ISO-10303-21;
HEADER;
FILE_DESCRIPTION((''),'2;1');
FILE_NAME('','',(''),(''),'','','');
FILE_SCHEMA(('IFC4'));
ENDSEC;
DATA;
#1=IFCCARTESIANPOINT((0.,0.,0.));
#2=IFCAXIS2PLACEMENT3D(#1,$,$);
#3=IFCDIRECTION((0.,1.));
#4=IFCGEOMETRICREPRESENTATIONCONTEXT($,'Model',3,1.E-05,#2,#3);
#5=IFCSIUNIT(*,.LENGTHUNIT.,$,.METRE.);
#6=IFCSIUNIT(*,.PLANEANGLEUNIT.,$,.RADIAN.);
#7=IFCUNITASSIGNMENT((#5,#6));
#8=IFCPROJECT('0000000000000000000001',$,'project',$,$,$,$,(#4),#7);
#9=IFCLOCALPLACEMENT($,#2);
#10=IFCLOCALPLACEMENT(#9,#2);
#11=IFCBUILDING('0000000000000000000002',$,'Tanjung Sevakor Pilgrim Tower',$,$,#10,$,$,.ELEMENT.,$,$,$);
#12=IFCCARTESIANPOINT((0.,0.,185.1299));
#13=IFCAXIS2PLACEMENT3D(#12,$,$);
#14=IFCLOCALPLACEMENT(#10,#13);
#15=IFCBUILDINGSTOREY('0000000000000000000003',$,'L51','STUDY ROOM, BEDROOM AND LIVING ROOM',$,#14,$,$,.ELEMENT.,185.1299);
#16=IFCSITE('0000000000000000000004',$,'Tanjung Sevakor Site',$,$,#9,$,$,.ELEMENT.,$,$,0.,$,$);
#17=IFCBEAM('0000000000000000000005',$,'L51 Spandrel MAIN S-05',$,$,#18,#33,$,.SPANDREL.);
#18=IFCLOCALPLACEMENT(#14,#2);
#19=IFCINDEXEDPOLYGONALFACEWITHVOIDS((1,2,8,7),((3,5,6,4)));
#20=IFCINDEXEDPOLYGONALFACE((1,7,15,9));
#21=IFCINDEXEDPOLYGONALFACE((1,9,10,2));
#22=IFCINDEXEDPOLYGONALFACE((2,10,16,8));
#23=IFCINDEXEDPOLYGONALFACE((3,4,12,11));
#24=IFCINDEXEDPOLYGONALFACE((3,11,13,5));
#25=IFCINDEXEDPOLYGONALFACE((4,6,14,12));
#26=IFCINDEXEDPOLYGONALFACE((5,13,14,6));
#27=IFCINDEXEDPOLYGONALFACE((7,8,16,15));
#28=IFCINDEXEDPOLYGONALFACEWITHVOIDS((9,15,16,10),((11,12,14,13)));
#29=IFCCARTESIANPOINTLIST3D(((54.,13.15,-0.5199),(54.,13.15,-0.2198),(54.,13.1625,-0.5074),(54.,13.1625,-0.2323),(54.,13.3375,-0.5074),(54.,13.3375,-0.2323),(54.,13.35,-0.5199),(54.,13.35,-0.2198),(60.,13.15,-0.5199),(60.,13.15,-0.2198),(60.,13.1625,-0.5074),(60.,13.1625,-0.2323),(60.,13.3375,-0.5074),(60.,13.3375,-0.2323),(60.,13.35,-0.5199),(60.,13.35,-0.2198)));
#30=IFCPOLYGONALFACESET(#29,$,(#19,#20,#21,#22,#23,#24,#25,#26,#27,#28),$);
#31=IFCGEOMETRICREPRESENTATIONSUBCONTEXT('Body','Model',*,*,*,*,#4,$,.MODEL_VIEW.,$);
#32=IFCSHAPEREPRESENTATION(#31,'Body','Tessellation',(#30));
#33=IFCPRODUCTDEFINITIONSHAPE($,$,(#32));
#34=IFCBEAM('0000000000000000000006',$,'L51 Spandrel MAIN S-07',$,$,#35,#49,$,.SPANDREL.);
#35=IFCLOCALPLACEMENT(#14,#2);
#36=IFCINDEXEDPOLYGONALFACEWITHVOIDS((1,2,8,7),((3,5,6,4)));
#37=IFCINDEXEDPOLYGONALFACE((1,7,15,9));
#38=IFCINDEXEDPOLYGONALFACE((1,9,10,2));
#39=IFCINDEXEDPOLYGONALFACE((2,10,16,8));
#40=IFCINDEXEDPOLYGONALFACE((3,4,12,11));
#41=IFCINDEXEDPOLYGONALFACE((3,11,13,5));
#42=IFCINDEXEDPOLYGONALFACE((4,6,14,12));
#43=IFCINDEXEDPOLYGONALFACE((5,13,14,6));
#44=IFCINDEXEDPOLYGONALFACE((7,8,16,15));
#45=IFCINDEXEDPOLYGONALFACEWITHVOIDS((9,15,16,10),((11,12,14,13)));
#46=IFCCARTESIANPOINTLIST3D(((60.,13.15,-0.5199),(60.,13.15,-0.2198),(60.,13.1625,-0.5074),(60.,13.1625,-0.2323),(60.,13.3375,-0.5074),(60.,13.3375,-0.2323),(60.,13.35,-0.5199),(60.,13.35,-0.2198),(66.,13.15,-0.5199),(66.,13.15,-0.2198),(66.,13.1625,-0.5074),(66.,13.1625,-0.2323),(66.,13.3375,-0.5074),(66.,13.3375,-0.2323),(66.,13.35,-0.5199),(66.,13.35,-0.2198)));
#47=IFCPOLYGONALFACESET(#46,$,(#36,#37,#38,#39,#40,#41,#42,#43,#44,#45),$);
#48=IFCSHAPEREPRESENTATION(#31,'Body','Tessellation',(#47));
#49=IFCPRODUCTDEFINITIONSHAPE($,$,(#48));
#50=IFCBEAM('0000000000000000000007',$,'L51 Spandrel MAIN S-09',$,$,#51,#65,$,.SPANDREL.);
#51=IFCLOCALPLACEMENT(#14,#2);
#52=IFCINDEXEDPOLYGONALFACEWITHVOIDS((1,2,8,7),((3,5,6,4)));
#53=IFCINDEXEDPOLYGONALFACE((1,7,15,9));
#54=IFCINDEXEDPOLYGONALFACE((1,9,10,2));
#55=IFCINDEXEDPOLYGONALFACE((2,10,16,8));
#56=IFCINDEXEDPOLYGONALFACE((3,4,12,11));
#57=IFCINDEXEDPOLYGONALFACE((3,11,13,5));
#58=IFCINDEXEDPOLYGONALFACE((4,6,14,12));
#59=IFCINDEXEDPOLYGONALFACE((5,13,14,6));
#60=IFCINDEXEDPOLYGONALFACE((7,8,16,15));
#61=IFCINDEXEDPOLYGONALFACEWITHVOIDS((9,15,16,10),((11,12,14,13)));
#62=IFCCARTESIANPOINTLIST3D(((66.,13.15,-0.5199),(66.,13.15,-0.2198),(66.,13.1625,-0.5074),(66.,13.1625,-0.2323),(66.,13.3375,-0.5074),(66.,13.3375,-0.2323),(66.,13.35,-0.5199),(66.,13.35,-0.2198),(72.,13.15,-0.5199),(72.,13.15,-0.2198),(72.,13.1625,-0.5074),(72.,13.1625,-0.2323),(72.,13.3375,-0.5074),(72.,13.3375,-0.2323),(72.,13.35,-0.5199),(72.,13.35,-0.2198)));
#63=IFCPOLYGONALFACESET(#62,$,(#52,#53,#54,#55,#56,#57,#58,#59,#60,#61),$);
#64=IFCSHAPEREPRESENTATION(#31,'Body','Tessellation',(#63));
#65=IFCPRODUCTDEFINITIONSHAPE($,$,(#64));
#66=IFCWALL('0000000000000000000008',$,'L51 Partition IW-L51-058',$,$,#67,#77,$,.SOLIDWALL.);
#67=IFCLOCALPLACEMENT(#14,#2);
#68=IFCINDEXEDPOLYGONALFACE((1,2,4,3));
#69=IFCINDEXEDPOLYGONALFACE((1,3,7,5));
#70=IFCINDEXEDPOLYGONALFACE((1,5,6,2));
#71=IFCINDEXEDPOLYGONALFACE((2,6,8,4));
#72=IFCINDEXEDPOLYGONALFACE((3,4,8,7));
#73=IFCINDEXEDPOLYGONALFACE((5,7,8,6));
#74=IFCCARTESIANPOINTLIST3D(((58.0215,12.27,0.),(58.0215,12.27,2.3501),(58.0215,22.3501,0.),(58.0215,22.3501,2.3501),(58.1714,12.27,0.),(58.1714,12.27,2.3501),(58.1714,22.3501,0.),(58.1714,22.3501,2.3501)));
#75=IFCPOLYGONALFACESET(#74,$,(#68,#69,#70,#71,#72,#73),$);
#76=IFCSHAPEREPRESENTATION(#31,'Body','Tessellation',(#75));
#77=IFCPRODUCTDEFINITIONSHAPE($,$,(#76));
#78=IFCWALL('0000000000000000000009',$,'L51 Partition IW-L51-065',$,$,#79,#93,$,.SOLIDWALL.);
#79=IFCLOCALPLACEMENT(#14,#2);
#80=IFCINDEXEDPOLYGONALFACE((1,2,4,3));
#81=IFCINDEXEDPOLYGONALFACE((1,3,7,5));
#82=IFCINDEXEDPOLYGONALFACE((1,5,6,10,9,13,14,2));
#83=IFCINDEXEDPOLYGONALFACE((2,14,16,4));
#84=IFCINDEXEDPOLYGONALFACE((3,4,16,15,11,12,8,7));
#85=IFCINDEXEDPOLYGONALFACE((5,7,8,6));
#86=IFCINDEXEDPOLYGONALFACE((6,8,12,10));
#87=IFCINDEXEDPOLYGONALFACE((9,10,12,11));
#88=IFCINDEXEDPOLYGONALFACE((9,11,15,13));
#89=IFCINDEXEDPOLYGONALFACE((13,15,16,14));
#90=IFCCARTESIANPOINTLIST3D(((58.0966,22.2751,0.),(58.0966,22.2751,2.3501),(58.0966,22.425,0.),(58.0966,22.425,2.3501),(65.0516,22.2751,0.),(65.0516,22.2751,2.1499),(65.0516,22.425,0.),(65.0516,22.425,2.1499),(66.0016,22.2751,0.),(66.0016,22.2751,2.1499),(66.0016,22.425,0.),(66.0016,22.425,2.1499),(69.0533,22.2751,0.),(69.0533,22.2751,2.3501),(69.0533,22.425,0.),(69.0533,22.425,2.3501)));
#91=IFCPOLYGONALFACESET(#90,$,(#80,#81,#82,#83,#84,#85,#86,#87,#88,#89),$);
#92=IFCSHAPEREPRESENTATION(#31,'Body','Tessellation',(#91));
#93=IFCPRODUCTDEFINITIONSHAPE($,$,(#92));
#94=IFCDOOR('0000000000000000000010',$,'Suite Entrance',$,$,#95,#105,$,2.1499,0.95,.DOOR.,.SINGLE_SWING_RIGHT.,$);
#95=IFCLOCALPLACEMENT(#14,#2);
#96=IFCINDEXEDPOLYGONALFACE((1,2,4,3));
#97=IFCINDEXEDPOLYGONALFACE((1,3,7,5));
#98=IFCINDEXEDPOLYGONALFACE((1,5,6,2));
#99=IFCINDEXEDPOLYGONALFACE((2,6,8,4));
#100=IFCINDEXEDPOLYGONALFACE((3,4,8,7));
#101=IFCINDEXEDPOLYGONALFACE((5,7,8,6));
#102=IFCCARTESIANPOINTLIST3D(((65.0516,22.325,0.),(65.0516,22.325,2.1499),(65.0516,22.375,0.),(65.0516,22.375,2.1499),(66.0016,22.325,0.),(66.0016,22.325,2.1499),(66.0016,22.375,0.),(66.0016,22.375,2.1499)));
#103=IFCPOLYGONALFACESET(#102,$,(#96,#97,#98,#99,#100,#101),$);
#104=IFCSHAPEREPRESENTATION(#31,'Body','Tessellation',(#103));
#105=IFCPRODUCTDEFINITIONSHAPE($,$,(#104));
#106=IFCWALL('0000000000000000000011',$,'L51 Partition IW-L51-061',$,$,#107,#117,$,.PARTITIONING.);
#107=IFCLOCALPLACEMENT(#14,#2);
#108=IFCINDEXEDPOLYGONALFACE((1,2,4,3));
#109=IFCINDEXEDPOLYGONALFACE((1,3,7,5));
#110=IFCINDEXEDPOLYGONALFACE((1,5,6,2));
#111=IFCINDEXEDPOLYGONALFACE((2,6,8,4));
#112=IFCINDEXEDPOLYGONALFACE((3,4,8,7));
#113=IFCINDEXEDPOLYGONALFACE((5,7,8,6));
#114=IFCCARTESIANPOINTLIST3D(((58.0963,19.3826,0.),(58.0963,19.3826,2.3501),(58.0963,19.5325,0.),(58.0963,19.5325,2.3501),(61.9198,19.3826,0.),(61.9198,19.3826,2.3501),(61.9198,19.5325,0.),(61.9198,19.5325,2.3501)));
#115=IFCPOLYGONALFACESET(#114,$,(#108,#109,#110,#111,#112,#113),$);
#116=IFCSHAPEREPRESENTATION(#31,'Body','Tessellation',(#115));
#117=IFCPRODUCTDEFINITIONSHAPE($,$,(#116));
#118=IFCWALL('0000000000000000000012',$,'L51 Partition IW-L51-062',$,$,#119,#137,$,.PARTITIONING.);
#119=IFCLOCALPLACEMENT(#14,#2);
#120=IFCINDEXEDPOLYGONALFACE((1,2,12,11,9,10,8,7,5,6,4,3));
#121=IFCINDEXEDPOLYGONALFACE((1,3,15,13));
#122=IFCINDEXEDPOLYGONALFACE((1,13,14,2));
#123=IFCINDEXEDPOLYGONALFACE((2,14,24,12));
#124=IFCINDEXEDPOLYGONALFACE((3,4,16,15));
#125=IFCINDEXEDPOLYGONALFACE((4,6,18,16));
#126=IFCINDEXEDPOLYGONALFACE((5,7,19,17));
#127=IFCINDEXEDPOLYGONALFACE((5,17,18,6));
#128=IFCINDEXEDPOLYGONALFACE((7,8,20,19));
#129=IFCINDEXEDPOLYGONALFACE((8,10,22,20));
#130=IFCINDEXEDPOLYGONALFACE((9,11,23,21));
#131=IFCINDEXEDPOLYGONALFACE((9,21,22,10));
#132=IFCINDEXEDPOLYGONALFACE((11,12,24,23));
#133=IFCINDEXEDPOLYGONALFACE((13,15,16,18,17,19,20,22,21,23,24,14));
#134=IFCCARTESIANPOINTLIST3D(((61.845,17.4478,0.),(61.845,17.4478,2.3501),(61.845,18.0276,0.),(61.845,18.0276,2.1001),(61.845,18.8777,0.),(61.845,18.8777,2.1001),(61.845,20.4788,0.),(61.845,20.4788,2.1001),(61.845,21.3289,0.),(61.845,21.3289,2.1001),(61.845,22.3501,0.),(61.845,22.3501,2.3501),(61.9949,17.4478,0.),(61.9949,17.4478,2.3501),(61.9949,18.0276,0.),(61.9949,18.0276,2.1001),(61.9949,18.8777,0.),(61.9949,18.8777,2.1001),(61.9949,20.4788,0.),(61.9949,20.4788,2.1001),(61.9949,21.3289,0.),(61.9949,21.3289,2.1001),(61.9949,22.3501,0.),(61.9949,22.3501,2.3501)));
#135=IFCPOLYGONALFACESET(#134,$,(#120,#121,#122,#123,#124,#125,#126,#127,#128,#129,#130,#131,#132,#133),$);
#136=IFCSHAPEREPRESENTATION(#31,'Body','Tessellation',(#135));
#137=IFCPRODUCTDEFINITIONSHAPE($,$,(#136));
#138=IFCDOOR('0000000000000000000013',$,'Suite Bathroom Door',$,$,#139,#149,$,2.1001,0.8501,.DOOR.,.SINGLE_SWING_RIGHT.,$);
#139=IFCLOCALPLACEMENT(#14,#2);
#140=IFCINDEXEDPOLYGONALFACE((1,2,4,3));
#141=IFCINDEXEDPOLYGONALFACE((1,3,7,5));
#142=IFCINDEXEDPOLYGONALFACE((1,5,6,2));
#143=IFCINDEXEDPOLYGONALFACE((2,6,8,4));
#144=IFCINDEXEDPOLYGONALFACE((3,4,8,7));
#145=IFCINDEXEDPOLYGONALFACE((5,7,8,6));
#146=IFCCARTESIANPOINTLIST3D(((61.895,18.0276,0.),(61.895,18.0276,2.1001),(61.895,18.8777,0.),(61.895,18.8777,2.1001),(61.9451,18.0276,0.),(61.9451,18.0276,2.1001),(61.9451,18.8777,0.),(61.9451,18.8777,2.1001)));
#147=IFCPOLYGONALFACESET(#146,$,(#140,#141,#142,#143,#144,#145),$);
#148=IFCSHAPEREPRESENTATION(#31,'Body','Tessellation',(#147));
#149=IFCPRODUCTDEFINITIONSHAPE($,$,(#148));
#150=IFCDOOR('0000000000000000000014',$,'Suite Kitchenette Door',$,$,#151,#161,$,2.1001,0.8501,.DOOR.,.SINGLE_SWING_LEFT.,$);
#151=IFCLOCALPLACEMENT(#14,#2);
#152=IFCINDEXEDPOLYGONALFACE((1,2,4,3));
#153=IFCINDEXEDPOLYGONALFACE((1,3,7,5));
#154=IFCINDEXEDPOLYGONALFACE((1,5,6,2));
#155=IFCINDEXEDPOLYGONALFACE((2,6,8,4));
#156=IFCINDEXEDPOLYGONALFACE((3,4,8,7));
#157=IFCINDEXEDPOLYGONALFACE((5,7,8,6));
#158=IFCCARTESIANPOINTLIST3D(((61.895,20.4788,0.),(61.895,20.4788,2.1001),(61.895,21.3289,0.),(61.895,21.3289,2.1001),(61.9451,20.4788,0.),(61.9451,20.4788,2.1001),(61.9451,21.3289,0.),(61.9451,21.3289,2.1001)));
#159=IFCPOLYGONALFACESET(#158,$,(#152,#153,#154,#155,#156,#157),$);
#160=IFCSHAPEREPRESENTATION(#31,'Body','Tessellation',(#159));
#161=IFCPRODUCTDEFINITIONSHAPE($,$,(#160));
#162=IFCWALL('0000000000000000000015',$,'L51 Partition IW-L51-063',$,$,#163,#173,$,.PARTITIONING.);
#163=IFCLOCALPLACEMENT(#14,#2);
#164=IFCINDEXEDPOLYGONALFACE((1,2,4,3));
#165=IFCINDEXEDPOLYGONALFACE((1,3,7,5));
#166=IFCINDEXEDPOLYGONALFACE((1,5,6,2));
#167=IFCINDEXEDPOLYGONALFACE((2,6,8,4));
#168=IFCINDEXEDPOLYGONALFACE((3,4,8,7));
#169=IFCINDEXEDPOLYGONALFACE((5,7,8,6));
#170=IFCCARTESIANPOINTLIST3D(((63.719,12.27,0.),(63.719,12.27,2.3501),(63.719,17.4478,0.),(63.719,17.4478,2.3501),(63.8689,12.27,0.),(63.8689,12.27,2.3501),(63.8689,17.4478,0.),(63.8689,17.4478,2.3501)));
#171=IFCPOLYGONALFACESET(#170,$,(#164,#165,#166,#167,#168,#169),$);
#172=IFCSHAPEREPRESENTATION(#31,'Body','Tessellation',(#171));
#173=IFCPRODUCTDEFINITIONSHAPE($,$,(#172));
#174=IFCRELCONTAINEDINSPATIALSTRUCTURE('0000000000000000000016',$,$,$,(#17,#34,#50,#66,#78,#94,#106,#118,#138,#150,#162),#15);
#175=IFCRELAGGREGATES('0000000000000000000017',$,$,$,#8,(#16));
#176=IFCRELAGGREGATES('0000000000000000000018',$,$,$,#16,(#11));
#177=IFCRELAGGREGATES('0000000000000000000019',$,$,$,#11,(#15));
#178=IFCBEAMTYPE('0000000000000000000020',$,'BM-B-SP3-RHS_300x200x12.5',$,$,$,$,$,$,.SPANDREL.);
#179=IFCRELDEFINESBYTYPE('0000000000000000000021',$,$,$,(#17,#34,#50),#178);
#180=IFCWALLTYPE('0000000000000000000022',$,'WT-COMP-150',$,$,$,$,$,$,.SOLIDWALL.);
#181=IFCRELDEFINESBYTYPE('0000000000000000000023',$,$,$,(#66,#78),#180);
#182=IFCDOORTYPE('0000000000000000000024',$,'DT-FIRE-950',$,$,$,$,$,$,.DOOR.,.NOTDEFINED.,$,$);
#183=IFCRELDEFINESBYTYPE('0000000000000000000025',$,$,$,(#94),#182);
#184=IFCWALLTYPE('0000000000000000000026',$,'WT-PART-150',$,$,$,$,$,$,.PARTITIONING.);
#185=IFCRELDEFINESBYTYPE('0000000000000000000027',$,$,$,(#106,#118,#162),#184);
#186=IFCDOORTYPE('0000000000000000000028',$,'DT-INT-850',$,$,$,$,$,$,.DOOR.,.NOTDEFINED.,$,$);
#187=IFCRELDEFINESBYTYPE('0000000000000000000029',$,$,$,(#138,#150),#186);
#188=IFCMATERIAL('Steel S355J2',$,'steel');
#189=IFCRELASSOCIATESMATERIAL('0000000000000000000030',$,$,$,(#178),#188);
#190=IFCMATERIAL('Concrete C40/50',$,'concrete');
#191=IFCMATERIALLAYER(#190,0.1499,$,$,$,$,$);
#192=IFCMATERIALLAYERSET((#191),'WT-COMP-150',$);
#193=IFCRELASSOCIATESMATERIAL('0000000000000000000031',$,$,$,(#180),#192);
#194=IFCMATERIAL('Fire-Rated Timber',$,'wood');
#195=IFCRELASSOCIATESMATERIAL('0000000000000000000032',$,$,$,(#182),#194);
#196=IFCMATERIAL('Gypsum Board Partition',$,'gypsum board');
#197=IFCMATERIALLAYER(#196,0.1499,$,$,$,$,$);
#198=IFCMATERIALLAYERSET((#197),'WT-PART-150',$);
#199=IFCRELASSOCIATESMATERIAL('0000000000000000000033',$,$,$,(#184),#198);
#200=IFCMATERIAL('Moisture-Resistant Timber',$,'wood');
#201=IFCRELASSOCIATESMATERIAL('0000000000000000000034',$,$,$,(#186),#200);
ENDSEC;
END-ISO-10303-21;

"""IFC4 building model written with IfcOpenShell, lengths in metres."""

from ifc_helpers import new_model, si_unit, direction, frame, frame_2d, origin, origin_2d, place, context, subcontext, project, spatial, rectangle, hollow_rectangle, extrude, material, layer, layer_set, material_profile, profile_set, type_object, element, fill, save


model = new_model("IFC4")

# Units and contexts
model_context = context("Model", 3, precision=1e-05, world=origin(), true_north=direction((0.0, 1.0)))
body_context = subcontext(model_context, "Body", "Model", "MODEL_VIEW")
ifc_project = project(units=[si_unit("LENGTHUNIT", "METRE"), si_unit("PLANEANGLEUNIT", "RADIAN")], contexts=[model_context])

# Site, building, storey
site_placement = place(None, origin())
site = spatial("IfcSite", under=ifc_project, at=site_placement, Name="Tanjung Sevakor Site", CompositionType="ELEMENT", RefElevation=0.0)
building_placement = place(site_placement, origin())
building = spatial("IfcBuilding", under=site, at=building_placement, Name="Tanjung Sevakor Pilgrim Tower", CompositionType="ELEMENT")
storey_placement = place(building_placement, frame((0.0, 0.0, 185.1299)))
storey = spatial("IfcBuildingStorey", under=building, at=storey_placement, Name="L51", Description="STUDY ROOM, BEDROOM AND LIVING ROOM", CompositionType="ELEMENT", Elevation=185.1299)

# Beams
ifc_material_1 = material(Name="Steel S355J2", Category="steel")
ifc_material_profile_1 = material_profile(ifc_material_1, hollow_rectangle(XDim=0.2, YDim=0.3, WallThickness=0.0125, at=origin_2d()))
ifc_profile_set_1 = profile_set([ifc_material_profile_1], Name="Steel S355J2")
beam_type_1 = type_object("IfcBeamType", Name="BM-B-SP3-RHS_300x200x12.5", PredefinedType="SPANDREL", material=ifc_profile_set_1)
for number, where, z_axis, x_axis, name in (
    (1, (54.0, 13.25, -0.3699), (1.0, 0.0, 0.0), (0.0, 1.0, 0.0), "L51 Spandrel MAIN S-05"),
    (2, (60.0, 13.25, -0.3699), (1.0, 0.0, 0.0), (0.0, 1.0, 0.0), "L51 Spandrel MAIN S-07"),
    (3, (66.0, 13.25, -0.3699), (1.0, 0.0, 0.0), (0.0, 1.0, 0.0), "L51 Spandrel MAIN S-09"),
):
    element("IfcBeam", number, at=place(storey_placement, frame(where, z_axis=z_axis, x_axis=x_axis)), inside=storey, type_object=beam_type_1, Name=name, PredefinedType="SPANDREL", context=body_context, shape_type="SweptSolid", body=[
        extrude(hollow_rectangle(XDim=0.2, YDim=0.3, WallThickness=0.0125, at=origin_2d()), origin(), (0.0, 0.0, 1.0), 6.0),
    ])

# Wall
ifc_material_2 = material(Name="Concrete C40/50", Category="concrete")
ifc_layer_1 = layer(ifc_material_2, 0.1499)
ifc_layer_set_1 = layer_set([ifc_layer_1], Name="WT-COMP-150")
wall_type_1 = type_object("IfcWallType", Name="WT-COMP-150", PredefinedType="SOLIDWALL", material=ifc_layer_set_1)
wall_1_placement = place(storey_placement, frame((58.0964, 12.27, 0.0), z_axis=(0.0, 0.0, 1.0), x_axis=(0.0, 1.0, 0.0)))
element("IfcWall", 4, at=wall_1_placement, inside=storey, type_object=wall_type_1, Name="L51 Partition IW-L51-058", PredefinedType="SOLIDWALL", context=body_context, shape_type="SweptSolid", body=[
    extrude(rectangle(XDim=10.0801, YDim=0.1499, at=frame_2d((5.04, 0.0))), origin(), (0.0, 0.0, 1.0), 2.3501),
])

# Wall, opening, door
wall_2_placement = place(storey_placement, frame((58.0964, 22.3501, 0.0), z_axis=(0.0, 0.0, 1.0), x_axis=(1.0, 0.0, 0.0)))
wall_2 = element("IfcWall", 5, at=wall_2_placement, inside=storey, type_object=wall_type_1, Name="L51 Partition IW-L51-065", PredefinedType="SOLIDWALL", context=body_context, shape_type="SweptSolid", body=[
    extrude(rectangle(XDim=10.9568, YDim=0.1499, at=frame_2d((5.4785, 0.0))), origin(), (0.0, 0.0, 1.0), 2.3501),
])
opening_1_placement = place(wall_2_placement, frame((6.9551, 0.0, 0.0)))
opening_1 = element("IfcOpeningElement", 6, at=opening_1_placement, cuts=wall_2, PredefinedType="OPENING", context=body_context, shape_type="SweptSolid", body=[
    extrude(rectangle(XDim=0.95, YDim=2.1499, at=frame_2d((0.4751, 1.075))), frame((0.0, 0.085, 0.0), z_axis=(0.0, -1.0, 0.0), x_axis=(1.0, 0.0, 0.0)), (0.0, 0.0, 1.0), 0.1699),
])
ifc_material_3 = material(Name="Fire-Rated Timber", Category="wood")
door_type_1 = type_object("IfcDoorType", Name="DT-FIRE-950", OperationType="NOTDEFINED", PredefinedType="DOOR", material=ifc_material_3)
door_1_placement = place(opening_1_placement, origin())
door_1 = element("IfcDoor", 7, at=door_1_placement, inside=storey, type_object=door_type_1, Name="Suite Entrance", OperationType="SINGLE_SWING_RIGHT", OverallHeight=2.1499, OverallWidth=0.95, PredefinedType="DOOR", context=body_context, shape_type="SweptSolid", body=[
    extrude(rectangle(XDim=0.95, YDim=2.1499, at=frame_2d((0.4751, 1.075))), frame((0.0, 0.0249, 0.0), z_axis=(0.0, -1.0, 0.0), x_axis=(1.0, 0.0, 0.0)), (0.0, 0.0, 1.0), 0.05),
])
fill(opening_1, door_1)

# Wall
ifc_material_4 = material(Name="Gypsum Board Partition", Category="gypsum board")
ifc_layer_2 = layer(ifc_material_4, 0.1499)
ifc_layer_set_2 = layer_set([ifc_layer_2], Name="WT-PART-150")
wall_type_2 = type_object("IfcWallType", Name="WT-PART-150", PredefinedType="PARTITIONING", material=ifc_layer_set_2)
wall_3_placement = place(storey_placement, frame((58.0964, 19.4575, 0.0), z_axis=(0.0, 0.0, 1.0), x_axis=(1.0, 0.0, 0.0)))
element("IfcWall", 8, at=wall_3_placement, inside=storey, type_object=wall_type_2, Name="L51 Partition IW-L51-061", PredefinedType="PARTITIONING", context=body_context, shape_type="SweptSolid", body=[
    extrude(rectangle(XDim=3.8235, YDim=0.1499, at=frame_2d((1.9116, 0.0))), origin(), (0.0, 0.0, 1.0), 2.3501),
])

# Wall, openings, doors
wall_4_placement = place(storey_placement, frame((61.9199, 17.4478, 0.0), z_axis=(0.0, 0.0, 1.0), x_axis=(0.0, 1.0, 0.0)))
wall_4 = element("IfcWall", 9, at=wall_4_placement, inside=storey, type_object=wall_type_2, Name="L51 Partition IW-L51-062", PredefinedType="PARTITIONING", context=body_context, shape_type="SweptSolid", body=[
    extrude(rectangle(XDim=4.9023, YDim=0.1499, at=frame_2d((2.4512, 0.0))), origin(), (0.0, 0.0, 1.0), 2.3501),
])
opening_2_placement = place(wall_4_placement, frame((0.5798, 0.0, 0.0)))
opening_2 = element("IfcOpeningElement", 10, at=opening_2_placement, cuts=wall_4, PredefinedType="OPENING", context=body_context, shape_type="SweptSolid", body=[
    extrude(rectangle(XDim=0.8501, YDim=2.1001, at=frame_2d((0.425, 1.05))), frame((0.0, 0.085, 0.0), z_axis=(0.0, -1.0, 0.0), x_axis=(1.0, 0.0, 0.0)), (0.0, 0.0, 1.0), 0.1699),
])
opening_3_placement = place(wall_4_placement, frame((3.031, 0.0, 0.0)))
opening_3 = element("IfcOpeningElement", 11, at=opening_3_placement, cuts=wall_4, PredefinedType="OPENING", context=body_context, shape_type="SweptSolid", body=[
    extrude(rectangle(XDim=0.8501, YDim=2.1001, at=frame_2d((0.425, 1.05))), frame((0.0, 0.085, 0.0), z_axis=(0.0, -1.0, 0.0), x_axis=(1.0, 0.0, 0.0)), (0.0, 0.0, 1.0), 0.1699),
])
ifc_material_5 = material(Name="Moisture-Resistant Timber", Category="wood")
door_type_2 = type_object("IfcDoorType", Name="DT-INT-850", OperationType="NOTDEFINED", PredefinedType="DOOR", material=ifc_material_5)
door_2_placement = place(opening_2_placement, origin())
door_2 = element("IfcDoor", 12, at=door_2_placement, inside=storey, type_object=door_type_2, Name="Suite Bathroom Door", OperationType="SINGLE_SWING_RIGHT", OverallHeight=2.1001, OverallWidth=0.8501, PredefinedType="DOOR", context=body_context, shape_type="SweptSolid", body=[
    extrude(rectangle(XDim=0.8501, YDim=2.1001, at=frame_2d((0.425, 1.05))), frame((0.0, 0.0249, 0.0), z_axis=(0.0, -1.0, 0.0), x_axis=(1.0, 0.0, 0.0)), (0.0, 0.0, 1.0), 0.05),
])
fill(opening_2, door_2)
door_3_placement = place(opening_3_placement, origin())
door_3 = element("IfcDoor", 13, at=door_3_placement, inside=storey, type_object=door_type_2, Name="Suite Kitchenette Door", OperationType="SINGLE_SWING_LEFT", OverallHeight=2.1001, OverallWidth=0.8501, PredefinedType="DOOR", context=body_context, shape_type="SweptSolid", body=[
    extrude(rectangle(XDim=0.8501, YDim=2.1001, at=frame_2d((0.425, 1.05))), frame((0.0, 0.0249, 0.0), z_axis=(0.0, -1.0, 0.0), x_axis=(1.0, 0.0, 0.0)), (0.0, 0.0, 1.0), 0.05),
])
fill(opening_3, door_3)

# Wall
wall_5_placement = place(storey_placement, frame((63.7939, 12.27, 0.0), z_axis=(0.0, 0.0, 1.0), x_axis=(0.0, 1.0, 0.0)))
element("IfcWall", 14, at=wall_5_placement, inside=storey, type_object=wall_type_2, Name="L51 Partition IW-L51-063", PredefinedType="PARTITIONING", context=body_context, shape_type="SweptSolid", body=[
    extrude(rectangle(XDim=5.1777, YDim=0.1499, at=frame_2d((2.5889, 0.0))), origin(), (0.0, 0.0, 1.0), 2.3501),
])

save(model, "model.ifc")
